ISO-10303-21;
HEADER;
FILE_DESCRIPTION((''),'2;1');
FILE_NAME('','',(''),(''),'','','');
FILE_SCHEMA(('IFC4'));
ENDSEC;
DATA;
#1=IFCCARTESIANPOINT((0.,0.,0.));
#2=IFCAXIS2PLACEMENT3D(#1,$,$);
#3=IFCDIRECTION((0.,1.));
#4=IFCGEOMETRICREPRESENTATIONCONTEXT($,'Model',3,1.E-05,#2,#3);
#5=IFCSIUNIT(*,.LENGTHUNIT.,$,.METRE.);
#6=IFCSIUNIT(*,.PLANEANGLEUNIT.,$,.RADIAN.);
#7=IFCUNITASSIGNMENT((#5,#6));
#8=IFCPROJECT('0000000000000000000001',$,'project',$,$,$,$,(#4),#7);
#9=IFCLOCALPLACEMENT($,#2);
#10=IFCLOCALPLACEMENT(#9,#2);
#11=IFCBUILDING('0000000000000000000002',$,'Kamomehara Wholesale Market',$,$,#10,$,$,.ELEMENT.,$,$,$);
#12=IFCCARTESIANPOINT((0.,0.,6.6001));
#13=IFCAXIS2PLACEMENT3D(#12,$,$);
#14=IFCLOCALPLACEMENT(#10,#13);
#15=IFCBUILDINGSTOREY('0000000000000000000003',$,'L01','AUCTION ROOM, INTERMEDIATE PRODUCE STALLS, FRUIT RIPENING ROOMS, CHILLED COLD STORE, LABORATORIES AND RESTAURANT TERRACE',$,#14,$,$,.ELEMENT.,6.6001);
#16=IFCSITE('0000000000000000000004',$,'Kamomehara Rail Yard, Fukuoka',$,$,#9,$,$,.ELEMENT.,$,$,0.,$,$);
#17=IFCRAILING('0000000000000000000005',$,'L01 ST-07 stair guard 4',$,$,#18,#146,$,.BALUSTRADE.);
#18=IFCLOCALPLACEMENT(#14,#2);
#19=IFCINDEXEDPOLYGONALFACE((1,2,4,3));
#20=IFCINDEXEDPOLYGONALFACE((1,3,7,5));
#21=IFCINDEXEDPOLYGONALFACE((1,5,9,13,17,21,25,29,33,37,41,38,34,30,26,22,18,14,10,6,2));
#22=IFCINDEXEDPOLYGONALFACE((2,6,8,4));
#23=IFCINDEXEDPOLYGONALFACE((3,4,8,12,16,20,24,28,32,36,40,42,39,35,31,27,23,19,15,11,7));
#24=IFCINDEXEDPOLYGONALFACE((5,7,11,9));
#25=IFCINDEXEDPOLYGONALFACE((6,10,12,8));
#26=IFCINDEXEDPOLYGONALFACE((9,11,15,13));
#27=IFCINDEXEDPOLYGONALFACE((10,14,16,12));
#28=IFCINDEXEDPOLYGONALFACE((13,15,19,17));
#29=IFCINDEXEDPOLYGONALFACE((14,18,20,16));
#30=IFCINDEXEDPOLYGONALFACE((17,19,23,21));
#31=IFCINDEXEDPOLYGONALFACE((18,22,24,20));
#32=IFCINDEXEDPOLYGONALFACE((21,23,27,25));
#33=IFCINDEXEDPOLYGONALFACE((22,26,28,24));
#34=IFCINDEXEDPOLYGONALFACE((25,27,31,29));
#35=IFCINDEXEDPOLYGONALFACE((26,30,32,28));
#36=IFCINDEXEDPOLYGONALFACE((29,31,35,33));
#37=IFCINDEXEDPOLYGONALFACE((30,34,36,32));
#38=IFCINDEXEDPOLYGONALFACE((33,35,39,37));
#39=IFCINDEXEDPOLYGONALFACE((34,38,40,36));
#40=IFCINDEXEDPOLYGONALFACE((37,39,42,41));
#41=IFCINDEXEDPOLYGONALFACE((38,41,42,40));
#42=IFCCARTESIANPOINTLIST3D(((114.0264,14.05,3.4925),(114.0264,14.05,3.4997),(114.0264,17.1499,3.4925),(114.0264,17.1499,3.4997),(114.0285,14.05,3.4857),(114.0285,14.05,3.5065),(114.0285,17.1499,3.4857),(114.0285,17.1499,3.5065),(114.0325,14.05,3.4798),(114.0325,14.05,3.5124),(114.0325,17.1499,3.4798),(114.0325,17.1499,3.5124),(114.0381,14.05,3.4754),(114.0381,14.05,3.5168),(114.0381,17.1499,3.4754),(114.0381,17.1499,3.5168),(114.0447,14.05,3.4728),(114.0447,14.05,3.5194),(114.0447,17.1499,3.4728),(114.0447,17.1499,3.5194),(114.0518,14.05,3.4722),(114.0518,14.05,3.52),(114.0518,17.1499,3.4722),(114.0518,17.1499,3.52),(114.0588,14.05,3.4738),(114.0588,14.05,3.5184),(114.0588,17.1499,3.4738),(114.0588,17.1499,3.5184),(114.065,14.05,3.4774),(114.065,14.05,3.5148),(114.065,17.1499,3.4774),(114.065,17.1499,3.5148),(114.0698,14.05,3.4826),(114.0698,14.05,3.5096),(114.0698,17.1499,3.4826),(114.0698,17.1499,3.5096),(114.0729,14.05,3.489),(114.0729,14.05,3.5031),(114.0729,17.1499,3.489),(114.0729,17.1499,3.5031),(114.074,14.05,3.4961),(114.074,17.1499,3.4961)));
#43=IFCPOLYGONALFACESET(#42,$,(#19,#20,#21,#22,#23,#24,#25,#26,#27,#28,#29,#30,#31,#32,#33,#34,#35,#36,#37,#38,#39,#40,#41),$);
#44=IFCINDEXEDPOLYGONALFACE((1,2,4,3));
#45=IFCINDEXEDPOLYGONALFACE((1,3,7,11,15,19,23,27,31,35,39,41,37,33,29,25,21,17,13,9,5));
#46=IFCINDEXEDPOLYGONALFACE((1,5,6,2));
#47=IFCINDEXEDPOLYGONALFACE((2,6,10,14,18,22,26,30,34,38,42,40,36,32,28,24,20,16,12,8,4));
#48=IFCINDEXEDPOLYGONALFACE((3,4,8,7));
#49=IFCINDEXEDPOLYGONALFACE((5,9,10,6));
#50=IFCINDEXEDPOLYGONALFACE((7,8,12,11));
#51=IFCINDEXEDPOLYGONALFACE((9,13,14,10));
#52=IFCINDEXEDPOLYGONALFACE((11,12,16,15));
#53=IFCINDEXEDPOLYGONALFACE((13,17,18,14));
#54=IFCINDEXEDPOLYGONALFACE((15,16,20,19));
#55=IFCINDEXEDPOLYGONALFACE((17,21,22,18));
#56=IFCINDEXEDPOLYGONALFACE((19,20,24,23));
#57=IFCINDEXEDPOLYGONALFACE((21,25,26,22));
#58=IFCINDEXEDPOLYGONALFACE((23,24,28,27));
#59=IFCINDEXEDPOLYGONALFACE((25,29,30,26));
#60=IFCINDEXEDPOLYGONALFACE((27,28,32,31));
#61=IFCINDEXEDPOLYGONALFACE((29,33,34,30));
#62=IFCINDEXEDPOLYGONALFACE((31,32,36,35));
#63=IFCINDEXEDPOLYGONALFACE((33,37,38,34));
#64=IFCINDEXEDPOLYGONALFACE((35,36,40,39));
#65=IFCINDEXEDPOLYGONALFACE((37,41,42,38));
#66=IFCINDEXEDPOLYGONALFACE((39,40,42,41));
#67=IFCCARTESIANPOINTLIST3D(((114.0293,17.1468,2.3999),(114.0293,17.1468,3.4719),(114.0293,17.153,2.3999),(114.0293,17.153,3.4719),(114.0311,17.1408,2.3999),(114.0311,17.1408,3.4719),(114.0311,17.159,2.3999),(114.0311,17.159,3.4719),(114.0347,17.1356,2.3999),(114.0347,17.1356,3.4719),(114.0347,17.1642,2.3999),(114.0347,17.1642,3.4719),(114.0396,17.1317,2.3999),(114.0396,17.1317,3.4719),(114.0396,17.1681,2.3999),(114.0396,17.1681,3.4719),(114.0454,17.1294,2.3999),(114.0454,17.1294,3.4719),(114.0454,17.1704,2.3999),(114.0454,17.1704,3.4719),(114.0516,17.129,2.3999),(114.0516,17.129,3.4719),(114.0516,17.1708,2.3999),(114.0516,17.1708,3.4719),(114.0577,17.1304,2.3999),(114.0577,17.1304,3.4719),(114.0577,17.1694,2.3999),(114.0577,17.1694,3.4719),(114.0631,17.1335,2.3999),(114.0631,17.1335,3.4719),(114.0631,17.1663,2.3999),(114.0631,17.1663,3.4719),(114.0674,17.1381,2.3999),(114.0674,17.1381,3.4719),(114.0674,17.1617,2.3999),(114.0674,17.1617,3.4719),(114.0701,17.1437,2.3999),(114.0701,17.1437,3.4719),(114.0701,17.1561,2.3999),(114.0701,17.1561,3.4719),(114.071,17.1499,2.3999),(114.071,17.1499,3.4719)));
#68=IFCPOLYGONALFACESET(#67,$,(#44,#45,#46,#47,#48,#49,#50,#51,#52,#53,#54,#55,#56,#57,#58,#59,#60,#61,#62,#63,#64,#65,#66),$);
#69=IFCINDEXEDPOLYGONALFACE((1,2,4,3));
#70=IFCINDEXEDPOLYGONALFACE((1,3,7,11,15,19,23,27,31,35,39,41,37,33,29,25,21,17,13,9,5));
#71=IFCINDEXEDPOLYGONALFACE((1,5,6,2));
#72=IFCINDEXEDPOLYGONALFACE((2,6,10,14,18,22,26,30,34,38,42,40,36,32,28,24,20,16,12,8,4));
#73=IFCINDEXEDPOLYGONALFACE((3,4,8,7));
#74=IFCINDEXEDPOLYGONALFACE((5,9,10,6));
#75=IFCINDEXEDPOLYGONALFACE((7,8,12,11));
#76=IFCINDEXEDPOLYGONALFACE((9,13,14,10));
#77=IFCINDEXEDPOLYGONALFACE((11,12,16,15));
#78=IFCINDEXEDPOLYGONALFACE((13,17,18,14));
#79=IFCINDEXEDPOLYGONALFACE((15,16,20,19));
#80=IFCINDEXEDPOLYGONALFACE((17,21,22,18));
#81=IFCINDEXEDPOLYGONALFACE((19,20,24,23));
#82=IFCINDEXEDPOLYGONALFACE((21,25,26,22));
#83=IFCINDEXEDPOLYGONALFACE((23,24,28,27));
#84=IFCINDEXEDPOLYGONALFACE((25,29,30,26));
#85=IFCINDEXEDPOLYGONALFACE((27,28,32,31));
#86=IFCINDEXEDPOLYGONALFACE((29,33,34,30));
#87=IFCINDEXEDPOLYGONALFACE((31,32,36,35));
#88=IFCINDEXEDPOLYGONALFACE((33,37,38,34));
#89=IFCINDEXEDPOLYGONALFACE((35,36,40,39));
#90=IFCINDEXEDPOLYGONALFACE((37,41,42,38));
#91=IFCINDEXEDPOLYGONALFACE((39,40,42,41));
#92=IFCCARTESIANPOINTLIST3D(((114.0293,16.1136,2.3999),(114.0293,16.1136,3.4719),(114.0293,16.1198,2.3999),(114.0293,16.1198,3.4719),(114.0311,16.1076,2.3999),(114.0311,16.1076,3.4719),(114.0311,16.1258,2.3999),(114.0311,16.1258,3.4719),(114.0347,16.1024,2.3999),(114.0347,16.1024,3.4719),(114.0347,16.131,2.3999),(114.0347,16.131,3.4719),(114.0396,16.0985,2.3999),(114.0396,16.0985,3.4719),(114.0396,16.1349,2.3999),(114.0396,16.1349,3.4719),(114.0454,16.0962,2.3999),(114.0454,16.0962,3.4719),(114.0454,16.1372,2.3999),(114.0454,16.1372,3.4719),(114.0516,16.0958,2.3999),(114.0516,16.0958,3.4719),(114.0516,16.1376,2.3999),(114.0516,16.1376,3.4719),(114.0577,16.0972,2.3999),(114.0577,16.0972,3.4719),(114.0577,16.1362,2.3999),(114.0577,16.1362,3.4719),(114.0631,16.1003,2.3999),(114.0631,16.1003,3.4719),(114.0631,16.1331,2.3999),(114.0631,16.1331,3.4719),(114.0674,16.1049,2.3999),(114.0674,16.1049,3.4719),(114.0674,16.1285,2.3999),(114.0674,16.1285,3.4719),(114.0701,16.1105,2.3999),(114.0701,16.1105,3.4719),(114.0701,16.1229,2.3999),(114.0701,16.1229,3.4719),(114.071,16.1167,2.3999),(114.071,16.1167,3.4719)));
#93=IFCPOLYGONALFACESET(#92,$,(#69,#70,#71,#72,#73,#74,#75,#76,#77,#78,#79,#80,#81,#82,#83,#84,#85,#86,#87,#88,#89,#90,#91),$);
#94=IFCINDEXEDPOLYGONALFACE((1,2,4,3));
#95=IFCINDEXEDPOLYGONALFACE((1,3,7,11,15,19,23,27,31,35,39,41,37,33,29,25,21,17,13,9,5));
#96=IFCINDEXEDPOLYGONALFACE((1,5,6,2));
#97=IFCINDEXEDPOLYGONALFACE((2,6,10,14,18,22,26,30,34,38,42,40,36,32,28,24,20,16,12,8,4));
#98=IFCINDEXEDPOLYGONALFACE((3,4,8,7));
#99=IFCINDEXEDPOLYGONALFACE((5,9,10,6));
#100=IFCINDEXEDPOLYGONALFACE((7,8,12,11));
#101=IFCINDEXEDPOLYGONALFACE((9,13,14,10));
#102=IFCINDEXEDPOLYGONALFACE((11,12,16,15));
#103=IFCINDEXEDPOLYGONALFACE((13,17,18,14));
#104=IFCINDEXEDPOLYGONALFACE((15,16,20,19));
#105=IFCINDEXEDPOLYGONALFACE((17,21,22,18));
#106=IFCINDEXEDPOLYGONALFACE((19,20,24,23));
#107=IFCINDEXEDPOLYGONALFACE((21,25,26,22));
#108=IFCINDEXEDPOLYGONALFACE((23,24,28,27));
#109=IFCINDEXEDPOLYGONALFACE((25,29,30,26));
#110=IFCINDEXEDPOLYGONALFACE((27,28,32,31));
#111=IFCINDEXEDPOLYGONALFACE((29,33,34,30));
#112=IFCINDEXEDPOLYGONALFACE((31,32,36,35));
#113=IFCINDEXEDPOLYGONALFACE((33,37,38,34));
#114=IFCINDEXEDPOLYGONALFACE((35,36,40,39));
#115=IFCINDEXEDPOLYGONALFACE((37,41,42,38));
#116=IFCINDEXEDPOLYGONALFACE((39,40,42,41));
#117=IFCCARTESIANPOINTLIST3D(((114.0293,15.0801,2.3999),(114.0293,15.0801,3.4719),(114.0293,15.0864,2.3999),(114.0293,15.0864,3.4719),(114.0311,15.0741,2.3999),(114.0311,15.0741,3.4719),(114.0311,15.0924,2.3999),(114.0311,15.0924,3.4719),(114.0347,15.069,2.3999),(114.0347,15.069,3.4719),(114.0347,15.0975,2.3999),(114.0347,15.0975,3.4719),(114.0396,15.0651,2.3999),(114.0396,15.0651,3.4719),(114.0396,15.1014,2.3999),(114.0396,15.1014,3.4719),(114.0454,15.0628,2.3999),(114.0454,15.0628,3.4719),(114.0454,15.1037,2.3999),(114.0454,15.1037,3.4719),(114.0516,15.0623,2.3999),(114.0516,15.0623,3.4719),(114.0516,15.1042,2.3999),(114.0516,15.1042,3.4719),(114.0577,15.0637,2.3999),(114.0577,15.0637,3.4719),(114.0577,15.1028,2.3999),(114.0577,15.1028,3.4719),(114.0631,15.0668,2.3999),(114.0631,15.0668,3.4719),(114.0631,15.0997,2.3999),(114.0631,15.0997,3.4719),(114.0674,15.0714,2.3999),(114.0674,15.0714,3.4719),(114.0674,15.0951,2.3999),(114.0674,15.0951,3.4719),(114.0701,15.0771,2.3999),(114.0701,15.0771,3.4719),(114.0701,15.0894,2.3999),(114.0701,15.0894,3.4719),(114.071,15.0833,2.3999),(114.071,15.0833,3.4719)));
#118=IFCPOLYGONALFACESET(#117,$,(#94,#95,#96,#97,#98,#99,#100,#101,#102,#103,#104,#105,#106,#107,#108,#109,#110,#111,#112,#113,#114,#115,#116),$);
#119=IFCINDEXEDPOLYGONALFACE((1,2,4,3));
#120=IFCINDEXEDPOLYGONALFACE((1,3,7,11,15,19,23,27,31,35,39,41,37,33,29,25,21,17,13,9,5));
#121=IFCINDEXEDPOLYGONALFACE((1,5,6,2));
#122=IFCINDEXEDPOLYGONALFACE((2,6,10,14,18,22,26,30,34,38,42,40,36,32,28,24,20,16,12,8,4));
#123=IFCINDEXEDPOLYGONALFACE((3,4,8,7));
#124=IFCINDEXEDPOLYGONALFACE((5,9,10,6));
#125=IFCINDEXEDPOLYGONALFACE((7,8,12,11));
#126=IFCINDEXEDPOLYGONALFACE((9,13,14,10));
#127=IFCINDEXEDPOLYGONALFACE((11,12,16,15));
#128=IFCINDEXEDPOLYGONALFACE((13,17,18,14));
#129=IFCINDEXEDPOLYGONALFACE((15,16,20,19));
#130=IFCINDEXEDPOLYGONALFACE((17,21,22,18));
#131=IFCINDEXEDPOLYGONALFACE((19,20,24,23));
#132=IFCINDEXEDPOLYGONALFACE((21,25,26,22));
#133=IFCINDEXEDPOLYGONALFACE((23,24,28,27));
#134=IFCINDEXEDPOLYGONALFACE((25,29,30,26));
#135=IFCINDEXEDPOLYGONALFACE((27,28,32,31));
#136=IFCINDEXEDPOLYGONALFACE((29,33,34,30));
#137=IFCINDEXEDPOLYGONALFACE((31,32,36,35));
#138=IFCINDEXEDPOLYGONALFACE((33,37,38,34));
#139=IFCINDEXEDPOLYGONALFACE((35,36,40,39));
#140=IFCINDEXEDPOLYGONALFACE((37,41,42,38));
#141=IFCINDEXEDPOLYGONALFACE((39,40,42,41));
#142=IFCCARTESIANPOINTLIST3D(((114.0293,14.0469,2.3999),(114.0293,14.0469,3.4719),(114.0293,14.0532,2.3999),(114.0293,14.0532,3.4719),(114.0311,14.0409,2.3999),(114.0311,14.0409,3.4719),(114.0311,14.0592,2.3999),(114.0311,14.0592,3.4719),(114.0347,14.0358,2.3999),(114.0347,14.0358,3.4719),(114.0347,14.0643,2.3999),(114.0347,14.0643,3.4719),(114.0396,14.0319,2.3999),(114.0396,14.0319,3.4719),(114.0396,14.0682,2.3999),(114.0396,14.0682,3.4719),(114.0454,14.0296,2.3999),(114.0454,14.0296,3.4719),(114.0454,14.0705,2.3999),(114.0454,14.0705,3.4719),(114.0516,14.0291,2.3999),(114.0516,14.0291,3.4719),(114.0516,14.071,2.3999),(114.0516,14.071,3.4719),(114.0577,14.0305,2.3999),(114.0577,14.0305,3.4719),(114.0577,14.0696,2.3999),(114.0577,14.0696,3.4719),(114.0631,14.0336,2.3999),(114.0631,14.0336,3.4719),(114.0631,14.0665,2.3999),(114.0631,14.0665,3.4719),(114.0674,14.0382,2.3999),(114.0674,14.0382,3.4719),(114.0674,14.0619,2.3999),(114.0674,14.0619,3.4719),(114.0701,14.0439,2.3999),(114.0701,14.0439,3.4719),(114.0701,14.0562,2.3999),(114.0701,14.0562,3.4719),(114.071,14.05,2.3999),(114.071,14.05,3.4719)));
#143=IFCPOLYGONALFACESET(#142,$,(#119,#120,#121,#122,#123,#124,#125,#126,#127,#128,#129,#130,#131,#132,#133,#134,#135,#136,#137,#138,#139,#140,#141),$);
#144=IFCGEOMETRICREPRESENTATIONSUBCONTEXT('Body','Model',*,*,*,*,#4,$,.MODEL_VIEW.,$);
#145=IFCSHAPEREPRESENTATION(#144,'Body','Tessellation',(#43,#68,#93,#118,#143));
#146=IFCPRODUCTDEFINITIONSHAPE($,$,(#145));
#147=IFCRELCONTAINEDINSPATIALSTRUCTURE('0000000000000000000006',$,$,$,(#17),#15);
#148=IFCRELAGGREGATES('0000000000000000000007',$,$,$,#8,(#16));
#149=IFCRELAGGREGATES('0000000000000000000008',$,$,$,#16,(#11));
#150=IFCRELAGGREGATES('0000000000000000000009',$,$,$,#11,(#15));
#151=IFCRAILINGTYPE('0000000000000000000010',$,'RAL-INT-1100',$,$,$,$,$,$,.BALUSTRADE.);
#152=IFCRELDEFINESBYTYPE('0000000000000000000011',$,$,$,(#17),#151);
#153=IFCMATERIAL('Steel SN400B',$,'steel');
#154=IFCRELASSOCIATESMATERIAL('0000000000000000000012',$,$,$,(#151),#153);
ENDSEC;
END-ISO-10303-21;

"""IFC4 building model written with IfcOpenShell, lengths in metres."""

from ifc_helpers import new_model, si_unit, direction, frame, origin, origin_2d, place, context, subcontext, project, spatial, circle, extrude, material, type_object, element, save


model = new_model("IFC4")

# Units and contexts
model_context = context("Model", 3, precision=1e-05, world=origin(), true_north=direction((0.0, 1.0)))
body_context = subcontext(model_context, "Body", "Model", "MODEL_VIEW")
ifc_project = project(units=[si_unit("LENGTHUNIT", "METRE"), si_unit("PLANEANGLEUNIT", "RADIAN")], contexts=[model_context])

# Site, building, storey
site_placement = place(None, origin())
site = spatial("IfcSite", under=ifc_project, at=site_placement, Name="Kamomehara Rail Yard, Fukuoka", CompositionType="ELEMENT", RefElevation=0.0)
building_placement = place(site_placement, origin())
building = spatial("IfcBuilding", under=site, at=building_placement, Name="Kamomehara Wholesale Market", CompositionType="ELEMENT")
storey_placement = place(building_placement, frame((0.0, 0.0, 6.6001)))
storey = spatial("IfcBuildingStorey", under=building, at=storey_placement, Name="L01", Description="AUCTION ROOM, INTERMEDIATE PRODUCE STALLS, FRUIT RIPENING ROOMS, CHILLED COLD STORE, LABORATORIES AND RESTAURANT TERRACE", CompositionType="ELEMENT", Elevation=6.6001)

# Railing
ifc_material_1 = material(Name="Steel SN400B", Category="steel")
railing_type_1 = type_object("IfcRailingType", Name="RAL-INT-1100", PredefinedType="BALUSTRADE", material=ifc_material_1)
railing_1_placement = place(storey_placement, frame((114.05, 17.1499, 2.3999)))
element("IfcRailing", 1, at=railing_1_placement, inside=storey, type_object=railing_type_1, Name="L01 ST-07 stair guard 4", PredefinedType="BALUSTRADE", context=body_context, shape_type="SweptSolid", body=[
    extrude(circle(Radius=0.0239, at=origin_2d()), frame((0.0, 0.0, 1.0962), z_axis=(0.0, -1.0, 0.0), x_axis=(1.0, 0.0, 0.0)), (0.0, 0.0, 1.0), 3.0999),
    extrude(circle(Radius=0.021, at=origin_2d()), origin(), (0.0, 0.0, 1.0), 1.072),
    extrude(circle(Radius=0.021, at=origin_2d()), frame((0.0, -1.0332, 0.0)), (0.0, 0.0, 1.0), 1.072),
    extrude(circle(Radius=0.021, at=origin_2d()), frame((0.0, -2.0667, 0.0)), (0.0, 0.0, 1.0), 1.072),
    extrude(circle(Radius=0.021, at=origin_2d()), frame((0.0, -3.0999, 0.0)), (0.0, 0.0, 1.0), 1.072),
])

save(model, "model.ifc")
